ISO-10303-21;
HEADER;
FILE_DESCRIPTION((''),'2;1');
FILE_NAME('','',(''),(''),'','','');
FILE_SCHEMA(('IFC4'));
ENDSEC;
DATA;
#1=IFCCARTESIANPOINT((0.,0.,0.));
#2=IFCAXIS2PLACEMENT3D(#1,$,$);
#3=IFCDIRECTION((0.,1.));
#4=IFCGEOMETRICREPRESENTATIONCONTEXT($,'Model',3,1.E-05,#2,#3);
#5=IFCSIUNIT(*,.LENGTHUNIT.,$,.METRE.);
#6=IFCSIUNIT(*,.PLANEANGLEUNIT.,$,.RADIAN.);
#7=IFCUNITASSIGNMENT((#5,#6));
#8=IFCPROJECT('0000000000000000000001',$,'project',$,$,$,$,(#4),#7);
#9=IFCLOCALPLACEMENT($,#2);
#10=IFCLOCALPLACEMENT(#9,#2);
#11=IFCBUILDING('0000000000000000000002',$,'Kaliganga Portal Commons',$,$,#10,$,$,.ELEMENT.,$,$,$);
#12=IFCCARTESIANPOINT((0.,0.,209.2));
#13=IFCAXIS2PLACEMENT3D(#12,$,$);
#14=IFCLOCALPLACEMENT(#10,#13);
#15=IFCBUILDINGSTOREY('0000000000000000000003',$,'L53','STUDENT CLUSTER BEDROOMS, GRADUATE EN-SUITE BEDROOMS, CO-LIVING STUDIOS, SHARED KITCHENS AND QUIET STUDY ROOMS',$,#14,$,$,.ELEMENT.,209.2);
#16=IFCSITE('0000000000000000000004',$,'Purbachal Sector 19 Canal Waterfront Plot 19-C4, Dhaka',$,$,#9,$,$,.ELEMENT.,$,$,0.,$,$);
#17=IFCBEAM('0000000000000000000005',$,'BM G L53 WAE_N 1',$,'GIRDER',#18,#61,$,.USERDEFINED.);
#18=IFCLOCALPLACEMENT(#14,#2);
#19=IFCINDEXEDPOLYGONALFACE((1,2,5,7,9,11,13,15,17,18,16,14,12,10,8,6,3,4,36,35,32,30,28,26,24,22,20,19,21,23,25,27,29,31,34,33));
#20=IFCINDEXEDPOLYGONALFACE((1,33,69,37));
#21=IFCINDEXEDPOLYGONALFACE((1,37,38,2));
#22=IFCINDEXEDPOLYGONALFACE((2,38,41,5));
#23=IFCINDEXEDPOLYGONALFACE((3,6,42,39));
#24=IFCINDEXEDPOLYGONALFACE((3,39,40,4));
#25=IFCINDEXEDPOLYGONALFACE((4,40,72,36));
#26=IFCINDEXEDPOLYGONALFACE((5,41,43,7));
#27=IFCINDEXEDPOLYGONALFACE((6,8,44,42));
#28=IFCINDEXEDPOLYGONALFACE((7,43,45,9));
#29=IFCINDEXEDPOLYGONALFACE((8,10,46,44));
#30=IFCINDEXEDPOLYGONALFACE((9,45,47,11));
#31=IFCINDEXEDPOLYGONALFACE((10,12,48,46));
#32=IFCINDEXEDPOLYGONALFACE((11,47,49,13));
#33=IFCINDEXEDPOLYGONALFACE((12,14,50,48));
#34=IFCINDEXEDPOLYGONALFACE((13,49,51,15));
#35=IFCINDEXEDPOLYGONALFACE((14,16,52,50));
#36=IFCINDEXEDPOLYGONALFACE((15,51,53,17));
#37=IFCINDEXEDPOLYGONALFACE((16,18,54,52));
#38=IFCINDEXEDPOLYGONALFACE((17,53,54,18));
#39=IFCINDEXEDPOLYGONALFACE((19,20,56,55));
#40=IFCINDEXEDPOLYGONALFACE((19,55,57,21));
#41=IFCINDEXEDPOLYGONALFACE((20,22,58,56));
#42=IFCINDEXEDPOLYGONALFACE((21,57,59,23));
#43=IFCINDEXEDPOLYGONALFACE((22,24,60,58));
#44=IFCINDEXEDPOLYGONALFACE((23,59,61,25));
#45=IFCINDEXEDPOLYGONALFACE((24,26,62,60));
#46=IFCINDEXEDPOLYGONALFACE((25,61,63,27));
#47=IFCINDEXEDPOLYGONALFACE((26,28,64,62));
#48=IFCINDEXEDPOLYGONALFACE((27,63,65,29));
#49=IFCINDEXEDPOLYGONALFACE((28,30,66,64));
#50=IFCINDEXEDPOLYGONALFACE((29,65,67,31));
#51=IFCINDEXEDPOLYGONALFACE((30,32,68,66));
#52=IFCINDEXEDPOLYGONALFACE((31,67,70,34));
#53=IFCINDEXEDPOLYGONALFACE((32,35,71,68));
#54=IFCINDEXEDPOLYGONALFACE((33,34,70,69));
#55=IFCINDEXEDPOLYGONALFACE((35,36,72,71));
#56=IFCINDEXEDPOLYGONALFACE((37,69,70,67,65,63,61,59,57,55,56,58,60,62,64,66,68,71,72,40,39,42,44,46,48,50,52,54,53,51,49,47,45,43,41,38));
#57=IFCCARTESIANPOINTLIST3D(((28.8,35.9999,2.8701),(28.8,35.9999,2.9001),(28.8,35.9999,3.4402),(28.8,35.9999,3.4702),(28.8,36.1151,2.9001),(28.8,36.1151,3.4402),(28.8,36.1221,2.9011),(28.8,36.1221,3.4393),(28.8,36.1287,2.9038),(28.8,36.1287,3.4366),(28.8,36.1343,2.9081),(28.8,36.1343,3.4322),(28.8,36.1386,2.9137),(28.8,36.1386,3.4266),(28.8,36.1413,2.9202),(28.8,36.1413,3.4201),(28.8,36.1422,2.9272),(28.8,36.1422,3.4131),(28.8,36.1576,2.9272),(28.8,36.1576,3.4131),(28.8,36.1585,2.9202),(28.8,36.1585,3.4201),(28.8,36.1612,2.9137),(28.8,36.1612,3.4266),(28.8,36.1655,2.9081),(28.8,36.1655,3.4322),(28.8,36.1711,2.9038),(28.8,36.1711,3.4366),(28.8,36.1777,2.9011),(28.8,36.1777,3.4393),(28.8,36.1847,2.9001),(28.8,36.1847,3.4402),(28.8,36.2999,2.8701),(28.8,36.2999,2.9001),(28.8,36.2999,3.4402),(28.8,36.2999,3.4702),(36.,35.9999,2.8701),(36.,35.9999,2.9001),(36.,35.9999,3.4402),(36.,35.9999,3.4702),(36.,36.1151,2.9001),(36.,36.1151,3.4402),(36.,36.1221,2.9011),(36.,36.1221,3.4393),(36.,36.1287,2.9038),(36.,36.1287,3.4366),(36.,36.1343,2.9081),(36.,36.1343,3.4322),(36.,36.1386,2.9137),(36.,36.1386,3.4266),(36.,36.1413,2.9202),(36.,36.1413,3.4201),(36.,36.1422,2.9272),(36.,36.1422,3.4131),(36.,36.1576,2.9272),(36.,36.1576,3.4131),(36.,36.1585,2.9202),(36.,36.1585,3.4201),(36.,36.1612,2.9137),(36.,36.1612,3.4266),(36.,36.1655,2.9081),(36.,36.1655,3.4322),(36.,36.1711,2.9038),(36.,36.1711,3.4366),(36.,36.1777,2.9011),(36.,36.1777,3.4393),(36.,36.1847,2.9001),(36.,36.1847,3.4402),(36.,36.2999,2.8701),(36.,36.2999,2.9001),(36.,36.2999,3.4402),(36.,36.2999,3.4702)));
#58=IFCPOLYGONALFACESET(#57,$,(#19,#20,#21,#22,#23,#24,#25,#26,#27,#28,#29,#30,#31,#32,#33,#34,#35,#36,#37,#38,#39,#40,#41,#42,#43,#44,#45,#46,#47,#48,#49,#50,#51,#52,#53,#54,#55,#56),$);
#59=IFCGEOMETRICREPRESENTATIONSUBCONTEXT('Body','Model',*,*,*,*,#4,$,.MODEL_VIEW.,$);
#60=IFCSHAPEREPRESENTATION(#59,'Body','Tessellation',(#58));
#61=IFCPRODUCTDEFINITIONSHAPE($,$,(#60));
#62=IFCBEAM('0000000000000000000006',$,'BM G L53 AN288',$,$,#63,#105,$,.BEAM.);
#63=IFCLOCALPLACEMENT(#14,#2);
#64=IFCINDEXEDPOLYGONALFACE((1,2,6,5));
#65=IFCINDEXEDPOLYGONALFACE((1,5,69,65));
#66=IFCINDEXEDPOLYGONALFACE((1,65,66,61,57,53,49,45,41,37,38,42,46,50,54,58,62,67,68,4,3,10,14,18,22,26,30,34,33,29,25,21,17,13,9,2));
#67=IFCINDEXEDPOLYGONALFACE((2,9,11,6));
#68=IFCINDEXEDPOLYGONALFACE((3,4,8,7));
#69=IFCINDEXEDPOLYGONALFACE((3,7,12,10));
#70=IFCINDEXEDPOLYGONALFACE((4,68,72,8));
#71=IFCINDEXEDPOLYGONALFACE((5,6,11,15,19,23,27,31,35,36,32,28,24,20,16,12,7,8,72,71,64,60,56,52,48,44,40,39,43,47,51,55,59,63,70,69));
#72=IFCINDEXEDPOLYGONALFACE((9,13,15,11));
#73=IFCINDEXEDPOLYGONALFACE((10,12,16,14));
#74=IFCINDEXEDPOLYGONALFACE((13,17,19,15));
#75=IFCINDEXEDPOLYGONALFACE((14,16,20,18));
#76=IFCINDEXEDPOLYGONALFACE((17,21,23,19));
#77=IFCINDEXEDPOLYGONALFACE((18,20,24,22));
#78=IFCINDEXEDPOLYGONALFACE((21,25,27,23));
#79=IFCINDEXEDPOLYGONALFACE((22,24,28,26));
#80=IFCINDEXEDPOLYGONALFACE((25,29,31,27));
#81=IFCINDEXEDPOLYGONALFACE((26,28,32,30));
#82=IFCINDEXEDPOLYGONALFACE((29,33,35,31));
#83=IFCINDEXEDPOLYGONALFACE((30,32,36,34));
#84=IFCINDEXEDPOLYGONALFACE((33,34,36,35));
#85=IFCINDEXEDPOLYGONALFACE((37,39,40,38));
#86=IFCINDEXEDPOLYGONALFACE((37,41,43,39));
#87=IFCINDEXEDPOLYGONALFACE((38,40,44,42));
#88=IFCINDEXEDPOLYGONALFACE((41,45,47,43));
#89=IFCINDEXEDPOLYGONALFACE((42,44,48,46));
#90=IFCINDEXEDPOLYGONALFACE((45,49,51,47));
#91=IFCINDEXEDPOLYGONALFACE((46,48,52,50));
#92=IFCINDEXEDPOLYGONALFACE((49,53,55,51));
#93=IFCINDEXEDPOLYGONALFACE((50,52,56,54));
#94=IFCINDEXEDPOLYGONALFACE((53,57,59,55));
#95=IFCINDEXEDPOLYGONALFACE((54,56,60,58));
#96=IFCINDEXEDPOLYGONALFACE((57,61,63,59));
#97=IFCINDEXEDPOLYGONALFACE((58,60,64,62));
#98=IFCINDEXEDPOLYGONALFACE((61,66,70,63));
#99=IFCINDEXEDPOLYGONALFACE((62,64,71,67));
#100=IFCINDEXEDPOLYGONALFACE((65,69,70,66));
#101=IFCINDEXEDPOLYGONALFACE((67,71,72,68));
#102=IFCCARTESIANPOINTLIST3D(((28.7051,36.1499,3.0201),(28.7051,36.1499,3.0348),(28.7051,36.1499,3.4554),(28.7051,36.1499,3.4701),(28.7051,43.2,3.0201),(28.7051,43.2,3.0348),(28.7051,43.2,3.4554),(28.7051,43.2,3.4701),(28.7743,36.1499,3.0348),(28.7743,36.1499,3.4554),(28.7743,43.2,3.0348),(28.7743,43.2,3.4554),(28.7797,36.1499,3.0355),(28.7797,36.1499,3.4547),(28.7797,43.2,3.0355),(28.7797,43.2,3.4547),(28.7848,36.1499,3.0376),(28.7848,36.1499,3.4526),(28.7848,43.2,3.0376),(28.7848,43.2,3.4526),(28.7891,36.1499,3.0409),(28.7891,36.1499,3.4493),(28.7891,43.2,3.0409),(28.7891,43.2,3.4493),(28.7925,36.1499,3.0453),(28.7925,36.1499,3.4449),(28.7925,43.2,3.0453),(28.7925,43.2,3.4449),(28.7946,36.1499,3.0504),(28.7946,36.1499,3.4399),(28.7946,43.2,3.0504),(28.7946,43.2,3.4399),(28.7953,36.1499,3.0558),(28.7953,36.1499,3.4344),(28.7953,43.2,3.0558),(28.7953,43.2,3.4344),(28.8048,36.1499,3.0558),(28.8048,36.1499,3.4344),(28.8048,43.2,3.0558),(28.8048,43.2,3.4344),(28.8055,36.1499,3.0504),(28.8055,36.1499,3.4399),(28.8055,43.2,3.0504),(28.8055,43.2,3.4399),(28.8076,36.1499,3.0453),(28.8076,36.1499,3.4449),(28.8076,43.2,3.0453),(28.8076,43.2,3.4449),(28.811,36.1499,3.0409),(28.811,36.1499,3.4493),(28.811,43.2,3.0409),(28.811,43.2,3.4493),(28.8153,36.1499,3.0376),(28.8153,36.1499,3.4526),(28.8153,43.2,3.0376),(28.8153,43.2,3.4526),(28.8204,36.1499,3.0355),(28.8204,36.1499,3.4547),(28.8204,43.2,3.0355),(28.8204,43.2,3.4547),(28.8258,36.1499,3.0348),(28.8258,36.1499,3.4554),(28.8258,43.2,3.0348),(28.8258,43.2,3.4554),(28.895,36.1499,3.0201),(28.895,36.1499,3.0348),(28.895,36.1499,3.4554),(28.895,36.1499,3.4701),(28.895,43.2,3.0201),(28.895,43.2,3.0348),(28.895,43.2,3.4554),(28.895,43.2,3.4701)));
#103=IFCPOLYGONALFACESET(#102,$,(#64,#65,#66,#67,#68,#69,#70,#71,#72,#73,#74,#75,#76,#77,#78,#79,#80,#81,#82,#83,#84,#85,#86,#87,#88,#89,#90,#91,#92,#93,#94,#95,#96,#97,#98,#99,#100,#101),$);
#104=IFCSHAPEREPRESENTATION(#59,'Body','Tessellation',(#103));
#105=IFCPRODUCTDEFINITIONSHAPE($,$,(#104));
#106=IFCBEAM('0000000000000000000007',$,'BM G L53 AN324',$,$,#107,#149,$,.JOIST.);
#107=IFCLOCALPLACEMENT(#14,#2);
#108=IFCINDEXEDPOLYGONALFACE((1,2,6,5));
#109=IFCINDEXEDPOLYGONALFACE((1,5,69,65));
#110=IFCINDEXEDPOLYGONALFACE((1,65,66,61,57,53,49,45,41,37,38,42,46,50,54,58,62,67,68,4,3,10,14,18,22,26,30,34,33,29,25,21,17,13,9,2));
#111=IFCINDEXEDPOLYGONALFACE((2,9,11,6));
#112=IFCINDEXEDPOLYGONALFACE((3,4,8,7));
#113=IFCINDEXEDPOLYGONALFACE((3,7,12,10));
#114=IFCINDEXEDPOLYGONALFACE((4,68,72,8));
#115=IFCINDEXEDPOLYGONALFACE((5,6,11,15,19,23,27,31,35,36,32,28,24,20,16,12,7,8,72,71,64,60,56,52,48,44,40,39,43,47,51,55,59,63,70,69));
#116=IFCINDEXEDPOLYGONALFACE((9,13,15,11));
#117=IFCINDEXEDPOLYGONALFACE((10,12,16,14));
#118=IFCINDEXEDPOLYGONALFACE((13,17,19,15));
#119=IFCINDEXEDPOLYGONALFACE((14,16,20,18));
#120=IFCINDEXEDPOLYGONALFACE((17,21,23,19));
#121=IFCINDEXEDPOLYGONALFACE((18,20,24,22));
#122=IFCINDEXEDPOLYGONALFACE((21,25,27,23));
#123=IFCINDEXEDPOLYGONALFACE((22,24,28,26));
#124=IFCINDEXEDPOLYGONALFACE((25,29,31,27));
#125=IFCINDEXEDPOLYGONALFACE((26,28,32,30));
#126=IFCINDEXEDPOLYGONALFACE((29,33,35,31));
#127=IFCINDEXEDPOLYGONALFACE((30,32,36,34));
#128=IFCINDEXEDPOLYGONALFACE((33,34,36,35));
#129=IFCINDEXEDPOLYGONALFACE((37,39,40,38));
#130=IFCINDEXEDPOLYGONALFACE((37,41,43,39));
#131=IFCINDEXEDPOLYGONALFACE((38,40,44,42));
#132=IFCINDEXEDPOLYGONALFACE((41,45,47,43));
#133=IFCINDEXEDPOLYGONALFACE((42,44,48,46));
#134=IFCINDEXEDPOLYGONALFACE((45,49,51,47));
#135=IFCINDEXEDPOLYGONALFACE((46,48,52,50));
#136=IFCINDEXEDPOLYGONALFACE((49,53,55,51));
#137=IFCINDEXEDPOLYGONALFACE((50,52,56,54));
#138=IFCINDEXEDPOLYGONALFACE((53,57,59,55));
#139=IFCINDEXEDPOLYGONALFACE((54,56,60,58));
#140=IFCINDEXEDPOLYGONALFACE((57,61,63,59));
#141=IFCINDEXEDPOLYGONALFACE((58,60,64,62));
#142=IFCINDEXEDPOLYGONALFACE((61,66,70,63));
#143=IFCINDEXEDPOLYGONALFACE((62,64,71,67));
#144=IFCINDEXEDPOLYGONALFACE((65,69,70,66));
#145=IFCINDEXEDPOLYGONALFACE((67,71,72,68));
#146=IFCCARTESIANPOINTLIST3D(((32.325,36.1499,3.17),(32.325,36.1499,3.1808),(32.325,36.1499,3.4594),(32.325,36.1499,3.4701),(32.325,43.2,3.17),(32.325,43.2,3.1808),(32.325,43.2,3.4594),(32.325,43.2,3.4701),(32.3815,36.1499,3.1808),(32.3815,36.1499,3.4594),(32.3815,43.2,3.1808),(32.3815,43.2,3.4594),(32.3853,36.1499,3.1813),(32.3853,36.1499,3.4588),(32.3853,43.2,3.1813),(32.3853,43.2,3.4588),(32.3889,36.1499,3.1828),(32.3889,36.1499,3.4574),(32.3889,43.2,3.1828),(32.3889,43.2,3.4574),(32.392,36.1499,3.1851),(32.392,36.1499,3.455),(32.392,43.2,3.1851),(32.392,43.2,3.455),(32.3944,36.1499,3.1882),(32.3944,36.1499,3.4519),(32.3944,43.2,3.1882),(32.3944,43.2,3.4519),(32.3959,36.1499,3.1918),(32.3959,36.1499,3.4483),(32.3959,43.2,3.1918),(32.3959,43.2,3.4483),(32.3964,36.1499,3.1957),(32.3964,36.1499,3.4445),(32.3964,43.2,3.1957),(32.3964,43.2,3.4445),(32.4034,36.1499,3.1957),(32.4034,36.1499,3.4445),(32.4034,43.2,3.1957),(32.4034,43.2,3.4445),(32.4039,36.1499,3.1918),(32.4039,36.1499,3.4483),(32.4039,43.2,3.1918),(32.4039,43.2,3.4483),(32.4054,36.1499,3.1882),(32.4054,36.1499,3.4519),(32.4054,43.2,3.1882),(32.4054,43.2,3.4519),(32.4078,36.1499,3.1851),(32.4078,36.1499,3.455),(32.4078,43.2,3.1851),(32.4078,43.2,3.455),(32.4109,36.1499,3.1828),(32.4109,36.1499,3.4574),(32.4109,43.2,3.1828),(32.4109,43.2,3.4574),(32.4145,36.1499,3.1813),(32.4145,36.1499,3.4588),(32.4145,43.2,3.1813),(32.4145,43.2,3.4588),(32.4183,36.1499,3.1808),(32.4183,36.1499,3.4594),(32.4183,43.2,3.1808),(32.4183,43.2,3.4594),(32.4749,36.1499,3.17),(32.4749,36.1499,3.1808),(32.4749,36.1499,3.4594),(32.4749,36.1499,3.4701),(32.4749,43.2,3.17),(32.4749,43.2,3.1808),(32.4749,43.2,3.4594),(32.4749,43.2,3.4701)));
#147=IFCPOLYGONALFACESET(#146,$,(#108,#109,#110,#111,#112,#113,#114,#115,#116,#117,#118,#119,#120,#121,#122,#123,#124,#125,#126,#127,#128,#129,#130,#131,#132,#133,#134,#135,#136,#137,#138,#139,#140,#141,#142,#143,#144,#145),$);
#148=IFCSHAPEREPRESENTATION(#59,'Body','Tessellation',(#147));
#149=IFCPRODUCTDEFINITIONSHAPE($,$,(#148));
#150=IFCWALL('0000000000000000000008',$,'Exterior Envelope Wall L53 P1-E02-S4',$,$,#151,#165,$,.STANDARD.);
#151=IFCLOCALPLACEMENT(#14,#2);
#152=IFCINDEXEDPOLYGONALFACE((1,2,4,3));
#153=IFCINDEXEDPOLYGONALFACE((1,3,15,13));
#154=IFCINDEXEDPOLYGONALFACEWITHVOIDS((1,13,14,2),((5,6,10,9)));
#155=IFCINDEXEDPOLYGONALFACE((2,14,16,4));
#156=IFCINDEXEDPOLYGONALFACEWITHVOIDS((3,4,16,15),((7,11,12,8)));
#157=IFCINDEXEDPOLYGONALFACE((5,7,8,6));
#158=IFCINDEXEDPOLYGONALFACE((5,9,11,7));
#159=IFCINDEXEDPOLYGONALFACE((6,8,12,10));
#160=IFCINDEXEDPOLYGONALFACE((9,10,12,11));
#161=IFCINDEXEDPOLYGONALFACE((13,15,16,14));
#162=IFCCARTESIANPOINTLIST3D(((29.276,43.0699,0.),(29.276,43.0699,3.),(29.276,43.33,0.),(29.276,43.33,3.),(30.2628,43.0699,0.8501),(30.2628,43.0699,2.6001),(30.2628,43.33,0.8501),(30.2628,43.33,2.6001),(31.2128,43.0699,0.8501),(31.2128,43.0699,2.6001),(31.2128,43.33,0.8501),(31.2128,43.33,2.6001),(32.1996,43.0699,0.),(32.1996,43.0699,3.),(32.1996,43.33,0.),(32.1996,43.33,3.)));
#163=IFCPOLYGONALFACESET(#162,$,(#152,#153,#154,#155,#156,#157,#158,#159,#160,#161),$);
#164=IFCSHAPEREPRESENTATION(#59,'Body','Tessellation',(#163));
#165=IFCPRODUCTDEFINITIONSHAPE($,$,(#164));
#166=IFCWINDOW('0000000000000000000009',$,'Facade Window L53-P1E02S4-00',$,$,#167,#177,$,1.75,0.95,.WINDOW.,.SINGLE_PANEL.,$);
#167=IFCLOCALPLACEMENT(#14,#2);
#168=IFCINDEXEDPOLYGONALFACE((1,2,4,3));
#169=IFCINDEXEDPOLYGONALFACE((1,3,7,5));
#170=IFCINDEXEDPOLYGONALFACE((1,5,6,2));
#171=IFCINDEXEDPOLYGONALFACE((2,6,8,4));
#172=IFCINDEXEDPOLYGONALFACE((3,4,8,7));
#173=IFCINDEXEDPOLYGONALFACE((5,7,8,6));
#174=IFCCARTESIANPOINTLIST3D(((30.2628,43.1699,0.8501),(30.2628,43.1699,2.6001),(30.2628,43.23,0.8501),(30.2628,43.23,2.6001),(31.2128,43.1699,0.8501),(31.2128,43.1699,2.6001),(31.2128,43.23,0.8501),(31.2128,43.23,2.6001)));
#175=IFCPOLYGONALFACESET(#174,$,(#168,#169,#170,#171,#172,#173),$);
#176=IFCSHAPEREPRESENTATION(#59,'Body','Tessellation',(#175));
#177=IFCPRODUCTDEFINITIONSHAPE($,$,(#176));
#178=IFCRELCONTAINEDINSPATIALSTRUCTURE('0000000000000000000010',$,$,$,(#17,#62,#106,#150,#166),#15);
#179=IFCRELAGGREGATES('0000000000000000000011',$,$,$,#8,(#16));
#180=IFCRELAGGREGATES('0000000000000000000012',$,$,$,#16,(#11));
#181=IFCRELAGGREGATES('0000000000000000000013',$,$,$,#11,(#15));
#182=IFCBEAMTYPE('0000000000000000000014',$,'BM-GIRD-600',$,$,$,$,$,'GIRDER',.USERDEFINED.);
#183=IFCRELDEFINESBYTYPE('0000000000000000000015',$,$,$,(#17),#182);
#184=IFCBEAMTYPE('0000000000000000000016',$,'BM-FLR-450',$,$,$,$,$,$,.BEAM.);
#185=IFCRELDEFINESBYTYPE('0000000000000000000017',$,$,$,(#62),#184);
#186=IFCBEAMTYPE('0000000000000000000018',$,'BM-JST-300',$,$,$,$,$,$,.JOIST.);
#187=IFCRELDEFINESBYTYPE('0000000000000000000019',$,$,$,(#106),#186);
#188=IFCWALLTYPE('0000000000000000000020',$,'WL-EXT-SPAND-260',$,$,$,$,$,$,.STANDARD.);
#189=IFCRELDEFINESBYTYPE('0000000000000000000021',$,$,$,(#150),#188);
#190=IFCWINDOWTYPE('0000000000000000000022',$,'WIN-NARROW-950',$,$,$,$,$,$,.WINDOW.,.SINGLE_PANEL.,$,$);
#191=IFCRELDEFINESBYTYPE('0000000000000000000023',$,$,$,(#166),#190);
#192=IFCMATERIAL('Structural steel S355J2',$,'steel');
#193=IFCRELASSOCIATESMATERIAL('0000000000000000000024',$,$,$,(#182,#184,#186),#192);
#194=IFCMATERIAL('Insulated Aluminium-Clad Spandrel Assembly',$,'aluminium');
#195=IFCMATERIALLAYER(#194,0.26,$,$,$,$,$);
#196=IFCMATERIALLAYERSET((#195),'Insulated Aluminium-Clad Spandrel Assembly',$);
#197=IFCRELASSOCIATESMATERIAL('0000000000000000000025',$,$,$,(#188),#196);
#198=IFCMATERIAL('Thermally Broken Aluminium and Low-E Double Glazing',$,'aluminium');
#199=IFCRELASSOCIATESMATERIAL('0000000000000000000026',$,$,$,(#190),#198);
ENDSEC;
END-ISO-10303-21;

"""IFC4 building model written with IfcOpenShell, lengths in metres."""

from ifc_helpers import new_model, si_unit, direction, frame, frame_2d, origin, origin_2d, place, context, subcontext, project, spatial, rectangle, i_section, extrude, source, transform, mapped, material, layer, layer_set, material_profile, profile_set, type_object, element, fill, save


model = new_model("IFC4")

# Units and contexts
model_context = context("Model", 3, precision=1e-05, world=origin(), true_north=direction((0.0, 1.0)))
body_context = subcontext(model_context, "Body", "Model", "MODEL_VIEW")
ifc_project = project(units=[si_unit("LENGTHUNIT", "METRE"), si_unit("PLANEANGLEUNIT", "RADIAN")], contexts=[model_context])

# Site, building, storey
site_placement = place(None, origin())
site = spatial("IfcSite", under=ifc_project, at=site_placement, Name="Purbachal Sector 19 Canal Waterfront Plot 19-C4, Dhaka", CompositionType="ELEMENT", RefElevation=0.0)
building_placement = place(site_placement, origin())
building = spatial("IfcBuilding", under=site, at=building_placement, Name="Kaliganga Portal Commons", CompositionType="ELEMENT")
storey_placement = place(building_placement, frame((0.0, 0.0, 209.2)))
storey = spatial("IfcBuildingStorey", under=building, at=storey_placement, Name="L53", Description="STUDENT CLUSTER BEDROOMS, GRADUATE EN-SUITE BEDROOMS, CO-LIVING STUDIOS, SHARED KITCHENS AND QUIET STUDY ROOMS", CompositionType="ELEMENT", Elevation=209.2)

# Shared definitions
ifc_material_1 = material(Name="Structural steel S355J2", Category="steel")

# Beams
ifc_material_profile_1 = material_profile(ifc_material_1, i_section(OverallWidth=0.3, OverallDepth=0.6001, WebThickness=0.0154, FlangeThickness=0.03, FilletRadius=0.0271, at=origin_2d()), Name="HE 600 B")
ifc_profile_set_1 = profile_set([ifc_material_profile_1], Name="Structural steel S355J2 wide-flange")
beam_type_1 = type_object("IfcBeamType", Name="BM-GIRD-600", ElementType="GIRDER", PredefinedType="USERDEFINED", material=ifc_profile_set_1)
shared_shape_1 = source(origin(), body_context, "Body", "SweptSolid", [
    extrude(i_section(OverallWidth=0.3, OverallDepth=0.6001, WebThickness=0.0154, FlangeThickness=0.03, FilletRadius=0.0271, at=origin_2d()), origin(), (0.0, 0.0, 1.0), 7.2),
])
beam_1_placement = place(storey_placement, frame((28.8, 36.1499, 3.1702), z_axis=(1.0, 0.0, 0.0), x_axis=(0.0, 1.0, 0.0)))
element("IfcBeam", 1, at=beam_1_placement, inside=storey, type_object=beam_type_1, Name="BM G L53 WAE_N 1", ObjectType="GIRDER", PredefinedType="USERDEFINED", context=body_context, shape_type="MappedRepresentation", body=[
    mapped(shared_shape_1, transform((0.0, 0.0, 0.0), x_axis=(1.0, 0.0, 0.0), y_axis=(0.0, 1.0, 0.0), z_axis=(0.0, 0.0, 1.0), scale=1.0)),
])
ifc_material_profile_2 = material_profile(ifc_material_1, i_section(OverallWidth=0.1899, OverallDepth=0.45, WebThickness=0.0095, FlangeThickness=0.0146, FilletRadius=0.021, at=origin_2d()), Name="IPE 450")
ifc_profile_set_2 = profile_set([ifc_material_profile_2], Name="Structural steel S355J2 wide-flange")
beam_type_2 = type_object("IfcBeamType", Name="BM-FLR-450", PredefinedType="BEAM", material=ifc_profile_set_2)
shared_shape_2 = source(origin(), body_context, "Body", "SweptSolid", [
    extrude(i_section(OverallWidth=0.1899, OverallDepth=0.45, WebThickness=0.0095, FlangeThickness=0.0146, FilletRadius=0.021, at=origin_2d()), origin(), (0.0, 0.0, 1.0), 7.05),
])
beam_2_placement = place(storey_placement, frame((28.8, 36.1499, 3.2451), z_axis=(0.0, 1.0, 0.0), x_axis=(-1.0, 0.0, 0.0)))
element("IfcBeam", 2, at=beam_2_placement, inside=storey, type_object=beam_type_2, Name="BM G L53 AN288", PredefinedType="BEAM", context=body_context, shape_type="MappedRepresentation", body=[
    mapped(shared_shape_2, transform((0.0, 0.0, 0.0), x_axis=(1.0, 0.0, 0.0), y_axis=(0.0, 1.0, 0.0), z_axis=(0.0, 0.0, 1.0), scale=1.0)),
])
ifc_material_profile_3 = material_profile(ifc_material_1, i_section(OverallWidth=0.1499, OverallDepth=0.3, WebThickness=0.0071, FlangeThickness=0.0107, FilletRadius=0.0149, at=origin_2d()), Name="IPE 300")
ifc_profile_set_3 = profile_set([ifc_material_profile_3], Name="Structural steel S355J2 wide-flange")
beam_type_3 = type_object("IfcBeamType", Name="BM-JST-300", PredefinedType="JOIST", material=ifc_profile_set_3)
shared_shape_3 = source(origin(), body_context, "Body", "SweptSolid", [
    extrude(i_section(OverallWidth=0.1499, OverallDepth=0.3, WebThickness=0.0071, FlangeThickness=0.0107, FilletRadius=0.0149, at=origin_2d()), origin(), (0.0, 0.0, 1.0), 7.05),
])
beam_3_placement = place(storey_placement, frame((32.3999, 36.1499, 3.3201), z_axis=(0.0, 1.0, 0.0), x_axis=(-1.0, 0.0, 0.0)))
element("IfcBeam", 3, at=beam_3_placement, inside=storey, type_object=beam_type_3, Name="BM G L53 AN324", PredefinedType="JOIST", context=body_context, shape_type="MappedRepresentation", body=[
    mapped(shared_shape_3, transform((0.0, 0.0, 0.0), x_axis=(1.0, 0.0, 0.0), y_axis=(0.0, 1.0, 0.0), z_axis=(0.0, 0.0, 1.0), scale=1.0)),
])

# Wall, opening, window
ifc_material_2 = material(Name="Insulated Aluminium-Clad Spandrel Assembly", Category="aluminium")
ifc_layer_1 = layer(ifc_material_2, 0.26)
ifc_layer_set_1 = layer_set([ifc_layer_1], Name="Insulated Aluminium-Clad Spandrel Assembly")
wall_type_1 = type_object("IfcWallType", Name="WL-EXT-SPAND-260", PredefinedType="STANDARD", material=ifc_layer_set_1)
wall_1_placement = place(storey_placement, frame((29.2759, 43.2, 0.0), z_axis=(0.0, 0.0, 1.0), x_axis=(1.0, 0.0, 0.0)))
wall_1 = element("IfcWall", 4, at=wall_1_placement, inside=storey, type_object=wall_type_1, Name="Exterior Envelope Wall L53 P1-E02-S4", PredefinedType="STANDARD", context=body_context, shape_type="SweptSolid", body=[
    extrude(rectangle(XDim=2.9236, YDim=0.26, at=frame_2d((1.4619, 0.0))), origin(), (0.0, 0.0, 1.0), 3.0),
])
opening_1_placement = place(wall_1_placement, frame((0.9868, 0.0, 0.8501)))
opening_1 = element("IfcOpeningElement", 5, at=opening_1_placement, cuts=wall_1, PredefinedType="OPENING", context=body_context, shape_type="SweptSolid", body=[
    extrude(rectangle(XDim=0.95, YDim=1.75, at=frame_2d((0.4751, 0.875))), frame((0.0, 0.1401, 0.0), z_axis=(0.0, -1.0, 0.0), x_axis=(1.0, 0.0, 0.0)), (0.0, 0.0, 1.0), 0.28),
])
ifc_material_3 = material(Name="Thermally Broken Aluminium and Low-E Double Glazing", Category="aluminium")
window_type = type_object("IfcWindowType", Name="WIN-NARROW-950", PartitioningType="SINGLE_PANEL", PredefinedType="WINDOW", material=ifc_material_3)
window_1_placement = place(opening_1_placement, origin())
window_1 = element("IfcWindow", 6, at=window_1_placement, inside=storey, type_object=window_type, Name="Facade Window L53-P1E02S4-00", OverallHeight=1.75, OverallWidth=0.95, PartitioningType="SINGLE_PANEL", PredefinedType="WINDOW", context=body_context, shape_type="SweptSolid", body=[
    extrude(rectangle(XDim=0.95, YDim=1.75, at=frame_2d((0.4751, 0.875))), frame((0.0, 0.03, 0.0), z_axis=(0.0, -1.0, 0.0), x_axis=(1.0, 0.0, 0.0)), (0.0, 0.0, 1.0), 0.0601),
])
fill(opening_1, window_1)

save(model, "model.ifc")
